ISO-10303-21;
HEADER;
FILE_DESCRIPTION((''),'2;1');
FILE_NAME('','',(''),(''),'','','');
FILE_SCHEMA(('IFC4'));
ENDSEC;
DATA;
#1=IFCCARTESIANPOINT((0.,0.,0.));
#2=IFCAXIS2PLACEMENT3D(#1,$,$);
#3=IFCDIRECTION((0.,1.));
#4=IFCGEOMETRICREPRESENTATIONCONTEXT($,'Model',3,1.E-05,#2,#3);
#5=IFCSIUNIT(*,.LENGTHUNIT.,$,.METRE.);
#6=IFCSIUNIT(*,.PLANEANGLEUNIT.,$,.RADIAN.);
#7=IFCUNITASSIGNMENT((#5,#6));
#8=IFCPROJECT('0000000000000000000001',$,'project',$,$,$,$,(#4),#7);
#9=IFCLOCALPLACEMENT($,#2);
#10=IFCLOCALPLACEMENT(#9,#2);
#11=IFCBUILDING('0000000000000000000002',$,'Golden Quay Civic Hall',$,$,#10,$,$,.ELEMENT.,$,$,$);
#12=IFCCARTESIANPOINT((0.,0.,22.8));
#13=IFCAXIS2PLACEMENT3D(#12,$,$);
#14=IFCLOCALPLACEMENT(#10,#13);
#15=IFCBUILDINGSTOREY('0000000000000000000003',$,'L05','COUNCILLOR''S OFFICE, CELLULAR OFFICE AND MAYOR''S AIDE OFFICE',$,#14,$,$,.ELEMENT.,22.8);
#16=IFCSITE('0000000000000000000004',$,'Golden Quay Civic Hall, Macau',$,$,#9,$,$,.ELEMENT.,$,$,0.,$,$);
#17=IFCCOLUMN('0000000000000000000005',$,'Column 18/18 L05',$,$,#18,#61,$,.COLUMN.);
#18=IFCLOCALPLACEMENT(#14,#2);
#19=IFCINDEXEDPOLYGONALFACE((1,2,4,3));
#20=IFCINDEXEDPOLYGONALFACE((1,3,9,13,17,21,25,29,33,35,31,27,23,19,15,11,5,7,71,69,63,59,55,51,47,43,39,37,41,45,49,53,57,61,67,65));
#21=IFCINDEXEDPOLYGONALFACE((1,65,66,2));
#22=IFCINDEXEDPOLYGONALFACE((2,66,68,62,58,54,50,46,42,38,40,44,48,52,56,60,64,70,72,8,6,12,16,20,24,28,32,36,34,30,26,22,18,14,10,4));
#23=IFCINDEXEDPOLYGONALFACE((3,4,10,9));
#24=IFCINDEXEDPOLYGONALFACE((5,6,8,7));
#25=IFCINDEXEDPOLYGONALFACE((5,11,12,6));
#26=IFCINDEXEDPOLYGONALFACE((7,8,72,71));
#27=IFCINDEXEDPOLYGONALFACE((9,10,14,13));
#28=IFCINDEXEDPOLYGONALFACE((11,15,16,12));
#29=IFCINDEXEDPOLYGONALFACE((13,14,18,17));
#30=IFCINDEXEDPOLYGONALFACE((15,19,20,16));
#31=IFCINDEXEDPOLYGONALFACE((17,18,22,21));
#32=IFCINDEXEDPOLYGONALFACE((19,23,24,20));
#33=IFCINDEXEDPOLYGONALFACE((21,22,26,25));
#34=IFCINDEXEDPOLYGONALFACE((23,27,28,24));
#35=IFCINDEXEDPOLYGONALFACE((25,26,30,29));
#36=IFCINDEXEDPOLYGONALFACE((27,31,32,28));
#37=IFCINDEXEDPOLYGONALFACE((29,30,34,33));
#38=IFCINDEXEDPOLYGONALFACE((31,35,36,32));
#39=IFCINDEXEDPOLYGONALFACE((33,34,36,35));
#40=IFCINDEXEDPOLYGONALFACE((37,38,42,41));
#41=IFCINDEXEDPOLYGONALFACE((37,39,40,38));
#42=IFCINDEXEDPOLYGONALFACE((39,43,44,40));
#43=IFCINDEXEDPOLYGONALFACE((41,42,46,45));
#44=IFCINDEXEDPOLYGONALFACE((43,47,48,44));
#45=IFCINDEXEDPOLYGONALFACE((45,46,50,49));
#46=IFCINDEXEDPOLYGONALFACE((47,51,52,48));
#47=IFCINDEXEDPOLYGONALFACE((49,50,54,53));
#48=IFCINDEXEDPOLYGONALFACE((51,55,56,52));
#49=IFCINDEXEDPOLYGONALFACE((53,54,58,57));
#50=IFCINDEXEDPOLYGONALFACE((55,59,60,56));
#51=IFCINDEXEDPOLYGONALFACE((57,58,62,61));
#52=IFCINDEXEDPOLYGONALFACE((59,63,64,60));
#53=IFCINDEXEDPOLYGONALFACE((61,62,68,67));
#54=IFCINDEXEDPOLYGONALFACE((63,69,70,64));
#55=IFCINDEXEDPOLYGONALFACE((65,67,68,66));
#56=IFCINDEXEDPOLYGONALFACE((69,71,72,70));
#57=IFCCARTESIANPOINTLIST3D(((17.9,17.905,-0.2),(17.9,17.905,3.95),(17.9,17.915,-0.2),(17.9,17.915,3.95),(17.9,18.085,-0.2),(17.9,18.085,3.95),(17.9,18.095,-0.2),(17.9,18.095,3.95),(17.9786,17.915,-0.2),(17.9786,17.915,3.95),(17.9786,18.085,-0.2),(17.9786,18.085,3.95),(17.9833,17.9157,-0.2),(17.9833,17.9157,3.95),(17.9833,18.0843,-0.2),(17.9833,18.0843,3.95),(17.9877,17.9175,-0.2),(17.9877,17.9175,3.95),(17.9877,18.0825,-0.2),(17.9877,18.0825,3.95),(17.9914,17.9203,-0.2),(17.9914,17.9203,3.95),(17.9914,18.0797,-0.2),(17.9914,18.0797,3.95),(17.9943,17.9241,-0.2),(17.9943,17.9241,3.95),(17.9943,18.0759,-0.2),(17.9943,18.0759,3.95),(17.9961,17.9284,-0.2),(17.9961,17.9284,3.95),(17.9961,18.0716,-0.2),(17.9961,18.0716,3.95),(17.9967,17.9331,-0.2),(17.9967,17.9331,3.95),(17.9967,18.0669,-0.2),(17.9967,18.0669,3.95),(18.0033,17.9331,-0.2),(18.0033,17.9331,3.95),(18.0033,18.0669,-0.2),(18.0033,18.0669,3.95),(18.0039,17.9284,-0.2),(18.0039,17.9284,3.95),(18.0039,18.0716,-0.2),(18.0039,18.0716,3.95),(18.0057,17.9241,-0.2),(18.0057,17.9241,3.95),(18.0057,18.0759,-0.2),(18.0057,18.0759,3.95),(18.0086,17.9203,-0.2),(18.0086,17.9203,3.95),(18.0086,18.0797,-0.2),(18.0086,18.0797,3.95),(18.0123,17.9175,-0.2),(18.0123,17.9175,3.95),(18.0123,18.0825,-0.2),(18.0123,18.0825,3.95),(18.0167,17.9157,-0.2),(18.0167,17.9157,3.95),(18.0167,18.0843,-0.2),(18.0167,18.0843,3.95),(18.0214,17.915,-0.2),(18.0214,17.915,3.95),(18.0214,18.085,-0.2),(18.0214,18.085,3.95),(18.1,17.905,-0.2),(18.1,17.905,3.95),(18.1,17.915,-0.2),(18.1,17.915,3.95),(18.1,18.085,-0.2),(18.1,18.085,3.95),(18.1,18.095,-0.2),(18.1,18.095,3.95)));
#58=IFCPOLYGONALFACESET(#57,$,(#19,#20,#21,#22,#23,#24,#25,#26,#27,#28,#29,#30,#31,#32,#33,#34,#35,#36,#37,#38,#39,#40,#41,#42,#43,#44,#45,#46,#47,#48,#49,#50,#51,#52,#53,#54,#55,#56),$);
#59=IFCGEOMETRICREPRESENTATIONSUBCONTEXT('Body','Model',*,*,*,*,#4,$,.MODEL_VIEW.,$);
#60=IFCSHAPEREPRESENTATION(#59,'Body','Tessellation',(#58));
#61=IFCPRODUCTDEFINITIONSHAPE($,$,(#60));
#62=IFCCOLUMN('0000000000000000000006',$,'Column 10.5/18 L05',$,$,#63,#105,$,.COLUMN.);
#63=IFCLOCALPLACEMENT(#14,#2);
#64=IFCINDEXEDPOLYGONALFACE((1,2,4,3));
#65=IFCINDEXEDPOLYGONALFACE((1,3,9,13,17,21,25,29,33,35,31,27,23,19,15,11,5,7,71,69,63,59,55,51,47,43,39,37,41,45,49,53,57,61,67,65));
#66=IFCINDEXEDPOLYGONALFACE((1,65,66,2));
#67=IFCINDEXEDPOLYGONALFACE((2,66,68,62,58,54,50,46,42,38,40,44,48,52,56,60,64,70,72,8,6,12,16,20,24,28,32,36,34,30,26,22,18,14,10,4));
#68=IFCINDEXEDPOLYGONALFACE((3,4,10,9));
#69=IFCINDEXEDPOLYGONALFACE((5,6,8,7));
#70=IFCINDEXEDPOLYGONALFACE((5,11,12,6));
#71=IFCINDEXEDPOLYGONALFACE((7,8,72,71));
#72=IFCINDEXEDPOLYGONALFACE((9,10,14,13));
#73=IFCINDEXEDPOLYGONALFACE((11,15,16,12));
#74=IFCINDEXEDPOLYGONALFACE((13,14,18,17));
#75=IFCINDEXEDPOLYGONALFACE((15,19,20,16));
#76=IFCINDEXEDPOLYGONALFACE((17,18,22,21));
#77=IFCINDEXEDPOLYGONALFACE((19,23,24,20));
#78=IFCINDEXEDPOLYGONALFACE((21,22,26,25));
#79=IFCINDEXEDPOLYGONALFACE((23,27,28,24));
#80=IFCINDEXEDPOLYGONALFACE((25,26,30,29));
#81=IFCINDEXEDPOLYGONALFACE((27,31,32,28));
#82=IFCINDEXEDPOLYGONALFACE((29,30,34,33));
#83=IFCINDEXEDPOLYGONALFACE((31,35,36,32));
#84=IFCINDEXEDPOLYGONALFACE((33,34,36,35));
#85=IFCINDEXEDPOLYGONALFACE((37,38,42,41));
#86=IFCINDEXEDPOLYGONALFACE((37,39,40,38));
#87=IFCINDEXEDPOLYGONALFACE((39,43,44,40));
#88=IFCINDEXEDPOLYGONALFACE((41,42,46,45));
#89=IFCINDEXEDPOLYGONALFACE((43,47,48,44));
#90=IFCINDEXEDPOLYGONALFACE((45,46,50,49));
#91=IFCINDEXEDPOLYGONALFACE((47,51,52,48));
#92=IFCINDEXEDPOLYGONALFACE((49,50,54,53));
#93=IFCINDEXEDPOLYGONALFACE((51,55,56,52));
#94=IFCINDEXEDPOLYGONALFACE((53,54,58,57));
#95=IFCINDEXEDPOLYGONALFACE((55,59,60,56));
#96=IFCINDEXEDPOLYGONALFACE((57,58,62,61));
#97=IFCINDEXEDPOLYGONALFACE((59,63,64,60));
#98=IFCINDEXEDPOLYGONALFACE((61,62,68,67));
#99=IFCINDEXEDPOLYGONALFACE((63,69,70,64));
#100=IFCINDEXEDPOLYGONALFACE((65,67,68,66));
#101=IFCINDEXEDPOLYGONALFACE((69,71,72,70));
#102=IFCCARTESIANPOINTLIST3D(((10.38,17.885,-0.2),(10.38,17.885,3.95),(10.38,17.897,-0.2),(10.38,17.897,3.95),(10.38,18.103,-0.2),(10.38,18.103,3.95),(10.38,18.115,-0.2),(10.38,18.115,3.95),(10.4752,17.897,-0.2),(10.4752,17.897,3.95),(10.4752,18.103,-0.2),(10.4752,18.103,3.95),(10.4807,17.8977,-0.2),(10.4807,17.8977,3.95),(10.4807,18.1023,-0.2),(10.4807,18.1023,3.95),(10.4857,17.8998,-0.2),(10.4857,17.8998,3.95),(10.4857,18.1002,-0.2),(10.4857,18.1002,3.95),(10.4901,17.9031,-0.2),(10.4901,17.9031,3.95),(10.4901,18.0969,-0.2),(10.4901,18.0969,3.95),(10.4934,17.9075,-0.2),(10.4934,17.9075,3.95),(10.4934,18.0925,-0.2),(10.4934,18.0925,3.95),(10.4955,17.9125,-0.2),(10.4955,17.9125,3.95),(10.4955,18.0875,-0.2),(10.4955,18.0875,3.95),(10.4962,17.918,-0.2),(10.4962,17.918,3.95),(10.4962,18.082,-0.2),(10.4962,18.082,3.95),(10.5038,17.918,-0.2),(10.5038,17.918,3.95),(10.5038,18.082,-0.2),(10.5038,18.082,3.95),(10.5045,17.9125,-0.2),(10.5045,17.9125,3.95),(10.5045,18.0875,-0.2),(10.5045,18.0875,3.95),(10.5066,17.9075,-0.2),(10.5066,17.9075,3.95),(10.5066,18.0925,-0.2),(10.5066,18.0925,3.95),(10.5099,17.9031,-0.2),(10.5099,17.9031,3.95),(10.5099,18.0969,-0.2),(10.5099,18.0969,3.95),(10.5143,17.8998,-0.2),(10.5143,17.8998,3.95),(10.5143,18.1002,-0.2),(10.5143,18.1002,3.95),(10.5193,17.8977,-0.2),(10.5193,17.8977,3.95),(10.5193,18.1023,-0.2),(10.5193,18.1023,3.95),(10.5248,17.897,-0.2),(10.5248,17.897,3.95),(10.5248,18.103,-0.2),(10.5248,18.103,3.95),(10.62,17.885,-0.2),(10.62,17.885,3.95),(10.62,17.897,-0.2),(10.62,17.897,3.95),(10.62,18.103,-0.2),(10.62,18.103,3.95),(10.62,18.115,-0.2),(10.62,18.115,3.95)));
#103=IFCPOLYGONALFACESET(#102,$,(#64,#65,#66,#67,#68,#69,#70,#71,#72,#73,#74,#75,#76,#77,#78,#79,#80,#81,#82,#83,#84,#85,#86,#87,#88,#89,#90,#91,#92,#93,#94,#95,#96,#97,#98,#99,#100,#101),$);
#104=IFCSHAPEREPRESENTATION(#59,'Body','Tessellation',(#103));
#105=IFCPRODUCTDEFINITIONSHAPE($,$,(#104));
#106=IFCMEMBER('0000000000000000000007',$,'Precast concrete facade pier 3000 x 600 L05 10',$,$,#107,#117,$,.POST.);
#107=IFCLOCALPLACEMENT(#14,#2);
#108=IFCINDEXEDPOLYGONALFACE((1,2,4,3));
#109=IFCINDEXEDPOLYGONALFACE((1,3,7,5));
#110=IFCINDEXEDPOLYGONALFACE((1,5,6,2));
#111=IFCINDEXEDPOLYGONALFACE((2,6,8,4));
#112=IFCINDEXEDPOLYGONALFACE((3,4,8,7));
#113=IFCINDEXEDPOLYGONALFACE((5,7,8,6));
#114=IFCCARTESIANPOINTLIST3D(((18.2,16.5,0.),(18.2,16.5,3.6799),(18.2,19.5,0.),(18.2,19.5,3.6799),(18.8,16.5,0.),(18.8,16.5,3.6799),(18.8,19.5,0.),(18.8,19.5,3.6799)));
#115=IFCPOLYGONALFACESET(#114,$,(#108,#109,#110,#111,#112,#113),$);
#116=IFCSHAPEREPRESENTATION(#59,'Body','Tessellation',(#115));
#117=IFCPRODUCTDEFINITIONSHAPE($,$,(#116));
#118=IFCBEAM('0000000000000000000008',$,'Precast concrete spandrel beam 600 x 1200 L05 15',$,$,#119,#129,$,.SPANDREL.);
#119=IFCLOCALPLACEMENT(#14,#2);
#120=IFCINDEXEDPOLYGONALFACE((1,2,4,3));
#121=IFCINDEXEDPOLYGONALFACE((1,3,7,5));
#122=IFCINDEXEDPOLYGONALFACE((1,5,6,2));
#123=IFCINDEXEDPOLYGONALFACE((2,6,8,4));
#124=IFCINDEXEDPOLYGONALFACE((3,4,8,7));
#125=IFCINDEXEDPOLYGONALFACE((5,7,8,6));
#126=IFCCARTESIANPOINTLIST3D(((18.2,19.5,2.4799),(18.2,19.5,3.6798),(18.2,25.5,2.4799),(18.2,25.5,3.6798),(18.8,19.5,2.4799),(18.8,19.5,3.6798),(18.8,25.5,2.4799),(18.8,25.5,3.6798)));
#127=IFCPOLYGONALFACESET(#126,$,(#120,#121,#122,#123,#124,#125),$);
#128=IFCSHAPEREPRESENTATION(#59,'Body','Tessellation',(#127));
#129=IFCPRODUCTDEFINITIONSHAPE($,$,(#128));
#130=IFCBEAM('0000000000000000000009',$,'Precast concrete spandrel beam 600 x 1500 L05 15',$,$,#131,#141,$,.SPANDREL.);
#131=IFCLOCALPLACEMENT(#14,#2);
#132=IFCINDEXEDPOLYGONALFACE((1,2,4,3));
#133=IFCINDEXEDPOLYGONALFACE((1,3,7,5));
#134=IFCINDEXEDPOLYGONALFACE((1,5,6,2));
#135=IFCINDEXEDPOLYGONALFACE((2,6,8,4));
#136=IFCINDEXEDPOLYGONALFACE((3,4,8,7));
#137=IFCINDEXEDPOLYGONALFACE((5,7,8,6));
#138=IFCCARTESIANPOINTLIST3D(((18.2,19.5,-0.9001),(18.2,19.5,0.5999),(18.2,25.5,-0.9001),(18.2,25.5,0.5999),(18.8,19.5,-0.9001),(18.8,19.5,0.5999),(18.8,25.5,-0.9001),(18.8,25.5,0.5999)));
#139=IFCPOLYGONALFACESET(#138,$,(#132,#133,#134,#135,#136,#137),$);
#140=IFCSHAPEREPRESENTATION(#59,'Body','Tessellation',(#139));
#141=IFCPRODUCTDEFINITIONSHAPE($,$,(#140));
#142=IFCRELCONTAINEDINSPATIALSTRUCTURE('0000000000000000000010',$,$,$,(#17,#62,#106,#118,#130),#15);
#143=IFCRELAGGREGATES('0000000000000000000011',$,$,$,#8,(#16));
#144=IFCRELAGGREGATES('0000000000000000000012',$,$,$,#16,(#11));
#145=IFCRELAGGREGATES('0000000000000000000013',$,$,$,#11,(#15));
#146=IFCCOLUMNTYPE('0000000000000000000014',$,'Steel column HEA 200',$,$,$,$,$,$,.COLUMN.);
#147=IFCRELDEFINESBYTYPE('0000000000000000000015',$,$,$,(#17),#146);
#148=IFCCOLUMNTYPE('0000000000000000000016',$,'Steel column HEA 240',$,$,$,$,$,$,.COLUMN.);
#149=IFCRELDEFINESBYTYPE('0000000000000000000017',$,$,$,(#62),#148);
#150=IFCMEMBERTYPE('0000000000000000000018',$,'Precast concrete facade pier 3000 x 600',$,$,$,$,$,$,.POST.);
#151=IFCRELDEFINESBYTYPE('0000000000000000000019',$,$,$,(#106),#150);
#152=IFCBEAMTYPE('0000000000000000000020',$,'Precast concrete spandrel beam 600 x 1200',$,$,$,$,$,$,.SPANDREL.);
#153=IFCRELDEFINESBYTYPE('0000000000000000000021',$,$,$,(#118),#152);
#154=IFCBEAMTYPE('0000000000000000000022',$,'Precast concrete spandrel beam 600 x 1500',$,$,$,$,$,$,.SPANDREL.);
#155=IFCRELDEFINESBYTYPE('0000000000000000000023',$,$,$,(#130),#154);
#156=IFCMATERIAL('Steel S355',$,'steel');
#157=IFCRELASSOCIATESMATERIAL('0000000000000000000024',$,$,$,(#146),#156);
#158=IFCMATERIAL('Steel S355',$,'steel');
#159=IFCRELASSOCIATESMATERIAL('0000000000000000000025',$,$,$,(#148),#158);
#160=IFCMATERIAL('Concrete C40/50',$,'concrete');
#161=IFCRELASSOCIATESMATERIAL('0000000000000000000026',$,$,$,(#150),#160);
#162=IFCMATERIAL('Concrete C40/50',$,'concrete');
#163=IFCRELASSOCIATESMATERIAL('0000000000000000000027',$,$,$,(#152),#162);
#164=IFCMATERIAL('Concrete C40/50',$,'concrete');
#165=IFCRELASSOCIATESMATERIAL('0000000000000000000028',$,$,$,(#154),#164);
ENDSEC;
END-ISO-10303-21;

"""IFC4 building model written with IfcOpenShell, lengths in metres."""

from ifc_helpers import new_model, si_unit, direction, frame, origin, origin_2d, place, context, subcontext, project, spatial, rectangle, i_section, extrude, material, material_profile, profile_set, type_object, element, save


model = new_model("IFC4")

# Units and contexts
model_context = context("Model", 3, precision=1e-05, world=origin(), true_north=direction((0.0, 1.0)))
body_context = subcontext(model_context, "Body", "Model", "MODEL_VIEW")
ifc_project = project(units=[si_unit("LENGTHUNIT", "METRE"), si_unit("PLANEANGLEUNIT", "RADIAN")], contexts=[model_context])

# Site, building, storey
site_placement = place(None, origin())
site = spatial("IfcSite", under=ifc_project, at=site_placement, Name="Golden Quay Civic Hall, Macau", CompositionType="ELEMENT", RefElevation=0.0)
building_placement = place(site_placement, origin())
building = spatial("IfcBuilding", under=site, at=building_placement, Name="Golden Quay Civic Hall", CompositionType="ELEMENT")
storey_placement = place(building_placement, frame((0.0, 0.0, 22.8)))
storey = spatial("IfcBuildingStorey", under=building, at=storey_placement, Name="L05", Description="COUNCILLOR'S OFFICE, CELLULAR OFFICE AND MAYOR'S AIDE OFFICE", CompositionType="ELEMENT", Elevation=22.8)

# Columns
ifc_material_1 = material(Name="Steel S355", Category="steel")
ifc_material_profile_1 = material_profile(ifc_material_1, i_section(OverallWidth=0.2, OverallDepth=0.1899, WebThickness=0.0066, FlangeThickness=0.01, FilletRadius=0.0181, at=origin_2d()), Name="HEA 200")
ifc_profile_set_1 = profile_set([ifc_material_profile_1], Name="Steel S355")
column_type_1 = type_object("IfcColumnType", Name="Steel column HEA 200", PredefinedType="COLUMN", material=ifc_profile_set_1)
column_1_placement = place(storey_placement, frame((18.0, 18.0, -0.2), z_axis=(0.0, 0.0, 1.0), x_axis=(1.0, 0.0, 0.0)))
element("IfcColumn", 1, at=column_1_placement, inside=storey, type_object=column_type_1, Name="Column 18/18 L05", PredefinedType="COLUMN", context=body_context, shape_type="SweptSolid", body=[
    extrude(i_section(OverallWidth=0.2, OverallDepth=0.1899, WebThickness=0.0066, FlangeThickness=0.01, FilletRadius=0.0181, at=origin_2d()), origin(), (0.0, 0.0, 1.0), 4.1499),
])
ifc_material_2 = material(Name="Steel S355", Category="steel")
ifc_material_profile_2 = material_profile(ifc_material_2, i_section(OverallWidth=0.24, OverallDepth=0.23, WebThickness=0.0076, FlangeThickness=0.012, FilletRadius=0.021, at=origin_2d()), Name="HEA 240")
ifc_profile_set_2 = profile_set([ifc_material_profile_2], Name="Steel S355")
column_type_2 = type_object("IfcColumnType", Name="Steel column HEA 240", PredefinedType="COLUMN", material=ifc_profile_set_2)
column_2_placement = place(storey_placement, frame((10.5, 18.0, -0.2), z_axis=(0.0, 0.0, 1.0), x_axis=(1.0, 0.0, 0.0)))
element("IfcColumn", 2, at=column_2_placement, inside=storey, type_object=column_type_2, Name="Column 10.5/18 L05", PredefinedType="COLUMN", context=body_context, shape_type="SweptSolid", body=[
    extrude(i_section(OverallWidth=0.24, OverallDepth=0.23, WebThickness=0.0076, FlangeThickness=0.012, FilletRadius=0.021, at=origin_2d()), origin(), (0.0, 0.0, 1.0), 4.1499),
])

# Member
ifc_material_3 = material(Name="Concrete C40/50", Category="concrete")
ifc_material_profile_3 = material_profile(ifc_material_3, rectangle(XDim=3.0, YDim=0.6001, at=origin_2d()), Name="RC 3000x600")
ifc_profile_set_3 = profile_set([ifc_material_profile_3], Name="Concrete C40/50")
member_type = type_object("IfcMemberType", Name="Precast concrete facade pier 3000 x 600", PredefinedType="POST", material=ifc_profile_set_3)
member_placement = place(storey_placement, frame((18.5, 18.0, 0.0), z_axis=(0.0, 0.0, 1.0), x_axis=(0.0, 1.0, 0.0)))
element("IfcMember", 3, at=member_placement, inside=storey, type_object=member_type, Name="Precast concrete facade pier 3000 x 600 L05 10", PredefinedType="POST", context=body_context, shape_type="SweptSolid", body=[
    extrude(rectangle(XDim=3.0, YDim=0.6001, at=origin_2d()), origin(), (0.0, 0.0, 1.0), 3.6799),
])

# Beams
ifc_material_4 = material(Name="Concrete C40/50", Category="concrete")
ifc_material_profile_4 = material_profile(ifc_material_4, rectangle(XDim=0.6001, YDim=1.2, at=origin_2d()), Name="RC 600x1200")
ifc_profile_set_4 = profile_set([ifc_material_profile_4], Name="Concrete C40/50")
beam_type_1 = type_object("IfcBeamType", Name="Precast concrete spandrel beam 600 x 1200", PredefinedType="SPANDREL", material=ifc_profile_set_4)
beam_1_placement = place(storey_placement, frame((18.5, 19.5, 3.0798), z_axis=(0.0, 1.0, 0.0), x_axis=(-1.0, 0.0, 0.0)))
element("IfcBeam", 4, at=beam_1_placement, inside=storey, type_object=beam_type_1, Name="Precast concrete spandrel beam 600 x 1200 L05 15", PredefinedType="SPANDREL", context=body_context, shape_type="SweptSolid", body=[
    extrude(rectangle(XDim=0.6001, YDim=1.2, at=origin_2d()), origin(), (0.0, 0.0, 1.0), 6.0),
])
ifc_material_5 = material(Name="Concrete C40/50", Category="concrete")
ifc_material_profile_5 = material_profile(ifc_material_5, rectangle(XDim=0.6001, YDim=1.5, at=origin_2d()), Name="RC 600x1500")
ifc_profile_set_5 = profile_set([ifc_material_profile_5], Name="Concrete C40/50")
beam_type_2 = type_object("IfcBeamType", Name="Precast concrete spandrel beam 600 x 1500", PredefinedType="SPANDREL", material=ifc_profile_set_5)
beam_2_placement = place(storey_placement, frame((18.5, 19.5, -0.1501), z_axis=(0.0, 1.0, 0.0), x_axis=(-1.0, 0.0, 0.0)))
element("IfcBeam", 5, at=beam_2_placement, inside=storey, type_object=beam_type_2, Name="Precast concrete spandrel beam 600 x 1500 L05 15", PredefinedType="SPANDREL", context=body_context, shape_type="SweptSolid", body=[
    extrude(rectangle(XDim=0.6001, YDim=1.5, at=origin_2d()), origin(), (0.0, 0.0, 1.0), 6.0),
])

save(model, "model.ifc")
